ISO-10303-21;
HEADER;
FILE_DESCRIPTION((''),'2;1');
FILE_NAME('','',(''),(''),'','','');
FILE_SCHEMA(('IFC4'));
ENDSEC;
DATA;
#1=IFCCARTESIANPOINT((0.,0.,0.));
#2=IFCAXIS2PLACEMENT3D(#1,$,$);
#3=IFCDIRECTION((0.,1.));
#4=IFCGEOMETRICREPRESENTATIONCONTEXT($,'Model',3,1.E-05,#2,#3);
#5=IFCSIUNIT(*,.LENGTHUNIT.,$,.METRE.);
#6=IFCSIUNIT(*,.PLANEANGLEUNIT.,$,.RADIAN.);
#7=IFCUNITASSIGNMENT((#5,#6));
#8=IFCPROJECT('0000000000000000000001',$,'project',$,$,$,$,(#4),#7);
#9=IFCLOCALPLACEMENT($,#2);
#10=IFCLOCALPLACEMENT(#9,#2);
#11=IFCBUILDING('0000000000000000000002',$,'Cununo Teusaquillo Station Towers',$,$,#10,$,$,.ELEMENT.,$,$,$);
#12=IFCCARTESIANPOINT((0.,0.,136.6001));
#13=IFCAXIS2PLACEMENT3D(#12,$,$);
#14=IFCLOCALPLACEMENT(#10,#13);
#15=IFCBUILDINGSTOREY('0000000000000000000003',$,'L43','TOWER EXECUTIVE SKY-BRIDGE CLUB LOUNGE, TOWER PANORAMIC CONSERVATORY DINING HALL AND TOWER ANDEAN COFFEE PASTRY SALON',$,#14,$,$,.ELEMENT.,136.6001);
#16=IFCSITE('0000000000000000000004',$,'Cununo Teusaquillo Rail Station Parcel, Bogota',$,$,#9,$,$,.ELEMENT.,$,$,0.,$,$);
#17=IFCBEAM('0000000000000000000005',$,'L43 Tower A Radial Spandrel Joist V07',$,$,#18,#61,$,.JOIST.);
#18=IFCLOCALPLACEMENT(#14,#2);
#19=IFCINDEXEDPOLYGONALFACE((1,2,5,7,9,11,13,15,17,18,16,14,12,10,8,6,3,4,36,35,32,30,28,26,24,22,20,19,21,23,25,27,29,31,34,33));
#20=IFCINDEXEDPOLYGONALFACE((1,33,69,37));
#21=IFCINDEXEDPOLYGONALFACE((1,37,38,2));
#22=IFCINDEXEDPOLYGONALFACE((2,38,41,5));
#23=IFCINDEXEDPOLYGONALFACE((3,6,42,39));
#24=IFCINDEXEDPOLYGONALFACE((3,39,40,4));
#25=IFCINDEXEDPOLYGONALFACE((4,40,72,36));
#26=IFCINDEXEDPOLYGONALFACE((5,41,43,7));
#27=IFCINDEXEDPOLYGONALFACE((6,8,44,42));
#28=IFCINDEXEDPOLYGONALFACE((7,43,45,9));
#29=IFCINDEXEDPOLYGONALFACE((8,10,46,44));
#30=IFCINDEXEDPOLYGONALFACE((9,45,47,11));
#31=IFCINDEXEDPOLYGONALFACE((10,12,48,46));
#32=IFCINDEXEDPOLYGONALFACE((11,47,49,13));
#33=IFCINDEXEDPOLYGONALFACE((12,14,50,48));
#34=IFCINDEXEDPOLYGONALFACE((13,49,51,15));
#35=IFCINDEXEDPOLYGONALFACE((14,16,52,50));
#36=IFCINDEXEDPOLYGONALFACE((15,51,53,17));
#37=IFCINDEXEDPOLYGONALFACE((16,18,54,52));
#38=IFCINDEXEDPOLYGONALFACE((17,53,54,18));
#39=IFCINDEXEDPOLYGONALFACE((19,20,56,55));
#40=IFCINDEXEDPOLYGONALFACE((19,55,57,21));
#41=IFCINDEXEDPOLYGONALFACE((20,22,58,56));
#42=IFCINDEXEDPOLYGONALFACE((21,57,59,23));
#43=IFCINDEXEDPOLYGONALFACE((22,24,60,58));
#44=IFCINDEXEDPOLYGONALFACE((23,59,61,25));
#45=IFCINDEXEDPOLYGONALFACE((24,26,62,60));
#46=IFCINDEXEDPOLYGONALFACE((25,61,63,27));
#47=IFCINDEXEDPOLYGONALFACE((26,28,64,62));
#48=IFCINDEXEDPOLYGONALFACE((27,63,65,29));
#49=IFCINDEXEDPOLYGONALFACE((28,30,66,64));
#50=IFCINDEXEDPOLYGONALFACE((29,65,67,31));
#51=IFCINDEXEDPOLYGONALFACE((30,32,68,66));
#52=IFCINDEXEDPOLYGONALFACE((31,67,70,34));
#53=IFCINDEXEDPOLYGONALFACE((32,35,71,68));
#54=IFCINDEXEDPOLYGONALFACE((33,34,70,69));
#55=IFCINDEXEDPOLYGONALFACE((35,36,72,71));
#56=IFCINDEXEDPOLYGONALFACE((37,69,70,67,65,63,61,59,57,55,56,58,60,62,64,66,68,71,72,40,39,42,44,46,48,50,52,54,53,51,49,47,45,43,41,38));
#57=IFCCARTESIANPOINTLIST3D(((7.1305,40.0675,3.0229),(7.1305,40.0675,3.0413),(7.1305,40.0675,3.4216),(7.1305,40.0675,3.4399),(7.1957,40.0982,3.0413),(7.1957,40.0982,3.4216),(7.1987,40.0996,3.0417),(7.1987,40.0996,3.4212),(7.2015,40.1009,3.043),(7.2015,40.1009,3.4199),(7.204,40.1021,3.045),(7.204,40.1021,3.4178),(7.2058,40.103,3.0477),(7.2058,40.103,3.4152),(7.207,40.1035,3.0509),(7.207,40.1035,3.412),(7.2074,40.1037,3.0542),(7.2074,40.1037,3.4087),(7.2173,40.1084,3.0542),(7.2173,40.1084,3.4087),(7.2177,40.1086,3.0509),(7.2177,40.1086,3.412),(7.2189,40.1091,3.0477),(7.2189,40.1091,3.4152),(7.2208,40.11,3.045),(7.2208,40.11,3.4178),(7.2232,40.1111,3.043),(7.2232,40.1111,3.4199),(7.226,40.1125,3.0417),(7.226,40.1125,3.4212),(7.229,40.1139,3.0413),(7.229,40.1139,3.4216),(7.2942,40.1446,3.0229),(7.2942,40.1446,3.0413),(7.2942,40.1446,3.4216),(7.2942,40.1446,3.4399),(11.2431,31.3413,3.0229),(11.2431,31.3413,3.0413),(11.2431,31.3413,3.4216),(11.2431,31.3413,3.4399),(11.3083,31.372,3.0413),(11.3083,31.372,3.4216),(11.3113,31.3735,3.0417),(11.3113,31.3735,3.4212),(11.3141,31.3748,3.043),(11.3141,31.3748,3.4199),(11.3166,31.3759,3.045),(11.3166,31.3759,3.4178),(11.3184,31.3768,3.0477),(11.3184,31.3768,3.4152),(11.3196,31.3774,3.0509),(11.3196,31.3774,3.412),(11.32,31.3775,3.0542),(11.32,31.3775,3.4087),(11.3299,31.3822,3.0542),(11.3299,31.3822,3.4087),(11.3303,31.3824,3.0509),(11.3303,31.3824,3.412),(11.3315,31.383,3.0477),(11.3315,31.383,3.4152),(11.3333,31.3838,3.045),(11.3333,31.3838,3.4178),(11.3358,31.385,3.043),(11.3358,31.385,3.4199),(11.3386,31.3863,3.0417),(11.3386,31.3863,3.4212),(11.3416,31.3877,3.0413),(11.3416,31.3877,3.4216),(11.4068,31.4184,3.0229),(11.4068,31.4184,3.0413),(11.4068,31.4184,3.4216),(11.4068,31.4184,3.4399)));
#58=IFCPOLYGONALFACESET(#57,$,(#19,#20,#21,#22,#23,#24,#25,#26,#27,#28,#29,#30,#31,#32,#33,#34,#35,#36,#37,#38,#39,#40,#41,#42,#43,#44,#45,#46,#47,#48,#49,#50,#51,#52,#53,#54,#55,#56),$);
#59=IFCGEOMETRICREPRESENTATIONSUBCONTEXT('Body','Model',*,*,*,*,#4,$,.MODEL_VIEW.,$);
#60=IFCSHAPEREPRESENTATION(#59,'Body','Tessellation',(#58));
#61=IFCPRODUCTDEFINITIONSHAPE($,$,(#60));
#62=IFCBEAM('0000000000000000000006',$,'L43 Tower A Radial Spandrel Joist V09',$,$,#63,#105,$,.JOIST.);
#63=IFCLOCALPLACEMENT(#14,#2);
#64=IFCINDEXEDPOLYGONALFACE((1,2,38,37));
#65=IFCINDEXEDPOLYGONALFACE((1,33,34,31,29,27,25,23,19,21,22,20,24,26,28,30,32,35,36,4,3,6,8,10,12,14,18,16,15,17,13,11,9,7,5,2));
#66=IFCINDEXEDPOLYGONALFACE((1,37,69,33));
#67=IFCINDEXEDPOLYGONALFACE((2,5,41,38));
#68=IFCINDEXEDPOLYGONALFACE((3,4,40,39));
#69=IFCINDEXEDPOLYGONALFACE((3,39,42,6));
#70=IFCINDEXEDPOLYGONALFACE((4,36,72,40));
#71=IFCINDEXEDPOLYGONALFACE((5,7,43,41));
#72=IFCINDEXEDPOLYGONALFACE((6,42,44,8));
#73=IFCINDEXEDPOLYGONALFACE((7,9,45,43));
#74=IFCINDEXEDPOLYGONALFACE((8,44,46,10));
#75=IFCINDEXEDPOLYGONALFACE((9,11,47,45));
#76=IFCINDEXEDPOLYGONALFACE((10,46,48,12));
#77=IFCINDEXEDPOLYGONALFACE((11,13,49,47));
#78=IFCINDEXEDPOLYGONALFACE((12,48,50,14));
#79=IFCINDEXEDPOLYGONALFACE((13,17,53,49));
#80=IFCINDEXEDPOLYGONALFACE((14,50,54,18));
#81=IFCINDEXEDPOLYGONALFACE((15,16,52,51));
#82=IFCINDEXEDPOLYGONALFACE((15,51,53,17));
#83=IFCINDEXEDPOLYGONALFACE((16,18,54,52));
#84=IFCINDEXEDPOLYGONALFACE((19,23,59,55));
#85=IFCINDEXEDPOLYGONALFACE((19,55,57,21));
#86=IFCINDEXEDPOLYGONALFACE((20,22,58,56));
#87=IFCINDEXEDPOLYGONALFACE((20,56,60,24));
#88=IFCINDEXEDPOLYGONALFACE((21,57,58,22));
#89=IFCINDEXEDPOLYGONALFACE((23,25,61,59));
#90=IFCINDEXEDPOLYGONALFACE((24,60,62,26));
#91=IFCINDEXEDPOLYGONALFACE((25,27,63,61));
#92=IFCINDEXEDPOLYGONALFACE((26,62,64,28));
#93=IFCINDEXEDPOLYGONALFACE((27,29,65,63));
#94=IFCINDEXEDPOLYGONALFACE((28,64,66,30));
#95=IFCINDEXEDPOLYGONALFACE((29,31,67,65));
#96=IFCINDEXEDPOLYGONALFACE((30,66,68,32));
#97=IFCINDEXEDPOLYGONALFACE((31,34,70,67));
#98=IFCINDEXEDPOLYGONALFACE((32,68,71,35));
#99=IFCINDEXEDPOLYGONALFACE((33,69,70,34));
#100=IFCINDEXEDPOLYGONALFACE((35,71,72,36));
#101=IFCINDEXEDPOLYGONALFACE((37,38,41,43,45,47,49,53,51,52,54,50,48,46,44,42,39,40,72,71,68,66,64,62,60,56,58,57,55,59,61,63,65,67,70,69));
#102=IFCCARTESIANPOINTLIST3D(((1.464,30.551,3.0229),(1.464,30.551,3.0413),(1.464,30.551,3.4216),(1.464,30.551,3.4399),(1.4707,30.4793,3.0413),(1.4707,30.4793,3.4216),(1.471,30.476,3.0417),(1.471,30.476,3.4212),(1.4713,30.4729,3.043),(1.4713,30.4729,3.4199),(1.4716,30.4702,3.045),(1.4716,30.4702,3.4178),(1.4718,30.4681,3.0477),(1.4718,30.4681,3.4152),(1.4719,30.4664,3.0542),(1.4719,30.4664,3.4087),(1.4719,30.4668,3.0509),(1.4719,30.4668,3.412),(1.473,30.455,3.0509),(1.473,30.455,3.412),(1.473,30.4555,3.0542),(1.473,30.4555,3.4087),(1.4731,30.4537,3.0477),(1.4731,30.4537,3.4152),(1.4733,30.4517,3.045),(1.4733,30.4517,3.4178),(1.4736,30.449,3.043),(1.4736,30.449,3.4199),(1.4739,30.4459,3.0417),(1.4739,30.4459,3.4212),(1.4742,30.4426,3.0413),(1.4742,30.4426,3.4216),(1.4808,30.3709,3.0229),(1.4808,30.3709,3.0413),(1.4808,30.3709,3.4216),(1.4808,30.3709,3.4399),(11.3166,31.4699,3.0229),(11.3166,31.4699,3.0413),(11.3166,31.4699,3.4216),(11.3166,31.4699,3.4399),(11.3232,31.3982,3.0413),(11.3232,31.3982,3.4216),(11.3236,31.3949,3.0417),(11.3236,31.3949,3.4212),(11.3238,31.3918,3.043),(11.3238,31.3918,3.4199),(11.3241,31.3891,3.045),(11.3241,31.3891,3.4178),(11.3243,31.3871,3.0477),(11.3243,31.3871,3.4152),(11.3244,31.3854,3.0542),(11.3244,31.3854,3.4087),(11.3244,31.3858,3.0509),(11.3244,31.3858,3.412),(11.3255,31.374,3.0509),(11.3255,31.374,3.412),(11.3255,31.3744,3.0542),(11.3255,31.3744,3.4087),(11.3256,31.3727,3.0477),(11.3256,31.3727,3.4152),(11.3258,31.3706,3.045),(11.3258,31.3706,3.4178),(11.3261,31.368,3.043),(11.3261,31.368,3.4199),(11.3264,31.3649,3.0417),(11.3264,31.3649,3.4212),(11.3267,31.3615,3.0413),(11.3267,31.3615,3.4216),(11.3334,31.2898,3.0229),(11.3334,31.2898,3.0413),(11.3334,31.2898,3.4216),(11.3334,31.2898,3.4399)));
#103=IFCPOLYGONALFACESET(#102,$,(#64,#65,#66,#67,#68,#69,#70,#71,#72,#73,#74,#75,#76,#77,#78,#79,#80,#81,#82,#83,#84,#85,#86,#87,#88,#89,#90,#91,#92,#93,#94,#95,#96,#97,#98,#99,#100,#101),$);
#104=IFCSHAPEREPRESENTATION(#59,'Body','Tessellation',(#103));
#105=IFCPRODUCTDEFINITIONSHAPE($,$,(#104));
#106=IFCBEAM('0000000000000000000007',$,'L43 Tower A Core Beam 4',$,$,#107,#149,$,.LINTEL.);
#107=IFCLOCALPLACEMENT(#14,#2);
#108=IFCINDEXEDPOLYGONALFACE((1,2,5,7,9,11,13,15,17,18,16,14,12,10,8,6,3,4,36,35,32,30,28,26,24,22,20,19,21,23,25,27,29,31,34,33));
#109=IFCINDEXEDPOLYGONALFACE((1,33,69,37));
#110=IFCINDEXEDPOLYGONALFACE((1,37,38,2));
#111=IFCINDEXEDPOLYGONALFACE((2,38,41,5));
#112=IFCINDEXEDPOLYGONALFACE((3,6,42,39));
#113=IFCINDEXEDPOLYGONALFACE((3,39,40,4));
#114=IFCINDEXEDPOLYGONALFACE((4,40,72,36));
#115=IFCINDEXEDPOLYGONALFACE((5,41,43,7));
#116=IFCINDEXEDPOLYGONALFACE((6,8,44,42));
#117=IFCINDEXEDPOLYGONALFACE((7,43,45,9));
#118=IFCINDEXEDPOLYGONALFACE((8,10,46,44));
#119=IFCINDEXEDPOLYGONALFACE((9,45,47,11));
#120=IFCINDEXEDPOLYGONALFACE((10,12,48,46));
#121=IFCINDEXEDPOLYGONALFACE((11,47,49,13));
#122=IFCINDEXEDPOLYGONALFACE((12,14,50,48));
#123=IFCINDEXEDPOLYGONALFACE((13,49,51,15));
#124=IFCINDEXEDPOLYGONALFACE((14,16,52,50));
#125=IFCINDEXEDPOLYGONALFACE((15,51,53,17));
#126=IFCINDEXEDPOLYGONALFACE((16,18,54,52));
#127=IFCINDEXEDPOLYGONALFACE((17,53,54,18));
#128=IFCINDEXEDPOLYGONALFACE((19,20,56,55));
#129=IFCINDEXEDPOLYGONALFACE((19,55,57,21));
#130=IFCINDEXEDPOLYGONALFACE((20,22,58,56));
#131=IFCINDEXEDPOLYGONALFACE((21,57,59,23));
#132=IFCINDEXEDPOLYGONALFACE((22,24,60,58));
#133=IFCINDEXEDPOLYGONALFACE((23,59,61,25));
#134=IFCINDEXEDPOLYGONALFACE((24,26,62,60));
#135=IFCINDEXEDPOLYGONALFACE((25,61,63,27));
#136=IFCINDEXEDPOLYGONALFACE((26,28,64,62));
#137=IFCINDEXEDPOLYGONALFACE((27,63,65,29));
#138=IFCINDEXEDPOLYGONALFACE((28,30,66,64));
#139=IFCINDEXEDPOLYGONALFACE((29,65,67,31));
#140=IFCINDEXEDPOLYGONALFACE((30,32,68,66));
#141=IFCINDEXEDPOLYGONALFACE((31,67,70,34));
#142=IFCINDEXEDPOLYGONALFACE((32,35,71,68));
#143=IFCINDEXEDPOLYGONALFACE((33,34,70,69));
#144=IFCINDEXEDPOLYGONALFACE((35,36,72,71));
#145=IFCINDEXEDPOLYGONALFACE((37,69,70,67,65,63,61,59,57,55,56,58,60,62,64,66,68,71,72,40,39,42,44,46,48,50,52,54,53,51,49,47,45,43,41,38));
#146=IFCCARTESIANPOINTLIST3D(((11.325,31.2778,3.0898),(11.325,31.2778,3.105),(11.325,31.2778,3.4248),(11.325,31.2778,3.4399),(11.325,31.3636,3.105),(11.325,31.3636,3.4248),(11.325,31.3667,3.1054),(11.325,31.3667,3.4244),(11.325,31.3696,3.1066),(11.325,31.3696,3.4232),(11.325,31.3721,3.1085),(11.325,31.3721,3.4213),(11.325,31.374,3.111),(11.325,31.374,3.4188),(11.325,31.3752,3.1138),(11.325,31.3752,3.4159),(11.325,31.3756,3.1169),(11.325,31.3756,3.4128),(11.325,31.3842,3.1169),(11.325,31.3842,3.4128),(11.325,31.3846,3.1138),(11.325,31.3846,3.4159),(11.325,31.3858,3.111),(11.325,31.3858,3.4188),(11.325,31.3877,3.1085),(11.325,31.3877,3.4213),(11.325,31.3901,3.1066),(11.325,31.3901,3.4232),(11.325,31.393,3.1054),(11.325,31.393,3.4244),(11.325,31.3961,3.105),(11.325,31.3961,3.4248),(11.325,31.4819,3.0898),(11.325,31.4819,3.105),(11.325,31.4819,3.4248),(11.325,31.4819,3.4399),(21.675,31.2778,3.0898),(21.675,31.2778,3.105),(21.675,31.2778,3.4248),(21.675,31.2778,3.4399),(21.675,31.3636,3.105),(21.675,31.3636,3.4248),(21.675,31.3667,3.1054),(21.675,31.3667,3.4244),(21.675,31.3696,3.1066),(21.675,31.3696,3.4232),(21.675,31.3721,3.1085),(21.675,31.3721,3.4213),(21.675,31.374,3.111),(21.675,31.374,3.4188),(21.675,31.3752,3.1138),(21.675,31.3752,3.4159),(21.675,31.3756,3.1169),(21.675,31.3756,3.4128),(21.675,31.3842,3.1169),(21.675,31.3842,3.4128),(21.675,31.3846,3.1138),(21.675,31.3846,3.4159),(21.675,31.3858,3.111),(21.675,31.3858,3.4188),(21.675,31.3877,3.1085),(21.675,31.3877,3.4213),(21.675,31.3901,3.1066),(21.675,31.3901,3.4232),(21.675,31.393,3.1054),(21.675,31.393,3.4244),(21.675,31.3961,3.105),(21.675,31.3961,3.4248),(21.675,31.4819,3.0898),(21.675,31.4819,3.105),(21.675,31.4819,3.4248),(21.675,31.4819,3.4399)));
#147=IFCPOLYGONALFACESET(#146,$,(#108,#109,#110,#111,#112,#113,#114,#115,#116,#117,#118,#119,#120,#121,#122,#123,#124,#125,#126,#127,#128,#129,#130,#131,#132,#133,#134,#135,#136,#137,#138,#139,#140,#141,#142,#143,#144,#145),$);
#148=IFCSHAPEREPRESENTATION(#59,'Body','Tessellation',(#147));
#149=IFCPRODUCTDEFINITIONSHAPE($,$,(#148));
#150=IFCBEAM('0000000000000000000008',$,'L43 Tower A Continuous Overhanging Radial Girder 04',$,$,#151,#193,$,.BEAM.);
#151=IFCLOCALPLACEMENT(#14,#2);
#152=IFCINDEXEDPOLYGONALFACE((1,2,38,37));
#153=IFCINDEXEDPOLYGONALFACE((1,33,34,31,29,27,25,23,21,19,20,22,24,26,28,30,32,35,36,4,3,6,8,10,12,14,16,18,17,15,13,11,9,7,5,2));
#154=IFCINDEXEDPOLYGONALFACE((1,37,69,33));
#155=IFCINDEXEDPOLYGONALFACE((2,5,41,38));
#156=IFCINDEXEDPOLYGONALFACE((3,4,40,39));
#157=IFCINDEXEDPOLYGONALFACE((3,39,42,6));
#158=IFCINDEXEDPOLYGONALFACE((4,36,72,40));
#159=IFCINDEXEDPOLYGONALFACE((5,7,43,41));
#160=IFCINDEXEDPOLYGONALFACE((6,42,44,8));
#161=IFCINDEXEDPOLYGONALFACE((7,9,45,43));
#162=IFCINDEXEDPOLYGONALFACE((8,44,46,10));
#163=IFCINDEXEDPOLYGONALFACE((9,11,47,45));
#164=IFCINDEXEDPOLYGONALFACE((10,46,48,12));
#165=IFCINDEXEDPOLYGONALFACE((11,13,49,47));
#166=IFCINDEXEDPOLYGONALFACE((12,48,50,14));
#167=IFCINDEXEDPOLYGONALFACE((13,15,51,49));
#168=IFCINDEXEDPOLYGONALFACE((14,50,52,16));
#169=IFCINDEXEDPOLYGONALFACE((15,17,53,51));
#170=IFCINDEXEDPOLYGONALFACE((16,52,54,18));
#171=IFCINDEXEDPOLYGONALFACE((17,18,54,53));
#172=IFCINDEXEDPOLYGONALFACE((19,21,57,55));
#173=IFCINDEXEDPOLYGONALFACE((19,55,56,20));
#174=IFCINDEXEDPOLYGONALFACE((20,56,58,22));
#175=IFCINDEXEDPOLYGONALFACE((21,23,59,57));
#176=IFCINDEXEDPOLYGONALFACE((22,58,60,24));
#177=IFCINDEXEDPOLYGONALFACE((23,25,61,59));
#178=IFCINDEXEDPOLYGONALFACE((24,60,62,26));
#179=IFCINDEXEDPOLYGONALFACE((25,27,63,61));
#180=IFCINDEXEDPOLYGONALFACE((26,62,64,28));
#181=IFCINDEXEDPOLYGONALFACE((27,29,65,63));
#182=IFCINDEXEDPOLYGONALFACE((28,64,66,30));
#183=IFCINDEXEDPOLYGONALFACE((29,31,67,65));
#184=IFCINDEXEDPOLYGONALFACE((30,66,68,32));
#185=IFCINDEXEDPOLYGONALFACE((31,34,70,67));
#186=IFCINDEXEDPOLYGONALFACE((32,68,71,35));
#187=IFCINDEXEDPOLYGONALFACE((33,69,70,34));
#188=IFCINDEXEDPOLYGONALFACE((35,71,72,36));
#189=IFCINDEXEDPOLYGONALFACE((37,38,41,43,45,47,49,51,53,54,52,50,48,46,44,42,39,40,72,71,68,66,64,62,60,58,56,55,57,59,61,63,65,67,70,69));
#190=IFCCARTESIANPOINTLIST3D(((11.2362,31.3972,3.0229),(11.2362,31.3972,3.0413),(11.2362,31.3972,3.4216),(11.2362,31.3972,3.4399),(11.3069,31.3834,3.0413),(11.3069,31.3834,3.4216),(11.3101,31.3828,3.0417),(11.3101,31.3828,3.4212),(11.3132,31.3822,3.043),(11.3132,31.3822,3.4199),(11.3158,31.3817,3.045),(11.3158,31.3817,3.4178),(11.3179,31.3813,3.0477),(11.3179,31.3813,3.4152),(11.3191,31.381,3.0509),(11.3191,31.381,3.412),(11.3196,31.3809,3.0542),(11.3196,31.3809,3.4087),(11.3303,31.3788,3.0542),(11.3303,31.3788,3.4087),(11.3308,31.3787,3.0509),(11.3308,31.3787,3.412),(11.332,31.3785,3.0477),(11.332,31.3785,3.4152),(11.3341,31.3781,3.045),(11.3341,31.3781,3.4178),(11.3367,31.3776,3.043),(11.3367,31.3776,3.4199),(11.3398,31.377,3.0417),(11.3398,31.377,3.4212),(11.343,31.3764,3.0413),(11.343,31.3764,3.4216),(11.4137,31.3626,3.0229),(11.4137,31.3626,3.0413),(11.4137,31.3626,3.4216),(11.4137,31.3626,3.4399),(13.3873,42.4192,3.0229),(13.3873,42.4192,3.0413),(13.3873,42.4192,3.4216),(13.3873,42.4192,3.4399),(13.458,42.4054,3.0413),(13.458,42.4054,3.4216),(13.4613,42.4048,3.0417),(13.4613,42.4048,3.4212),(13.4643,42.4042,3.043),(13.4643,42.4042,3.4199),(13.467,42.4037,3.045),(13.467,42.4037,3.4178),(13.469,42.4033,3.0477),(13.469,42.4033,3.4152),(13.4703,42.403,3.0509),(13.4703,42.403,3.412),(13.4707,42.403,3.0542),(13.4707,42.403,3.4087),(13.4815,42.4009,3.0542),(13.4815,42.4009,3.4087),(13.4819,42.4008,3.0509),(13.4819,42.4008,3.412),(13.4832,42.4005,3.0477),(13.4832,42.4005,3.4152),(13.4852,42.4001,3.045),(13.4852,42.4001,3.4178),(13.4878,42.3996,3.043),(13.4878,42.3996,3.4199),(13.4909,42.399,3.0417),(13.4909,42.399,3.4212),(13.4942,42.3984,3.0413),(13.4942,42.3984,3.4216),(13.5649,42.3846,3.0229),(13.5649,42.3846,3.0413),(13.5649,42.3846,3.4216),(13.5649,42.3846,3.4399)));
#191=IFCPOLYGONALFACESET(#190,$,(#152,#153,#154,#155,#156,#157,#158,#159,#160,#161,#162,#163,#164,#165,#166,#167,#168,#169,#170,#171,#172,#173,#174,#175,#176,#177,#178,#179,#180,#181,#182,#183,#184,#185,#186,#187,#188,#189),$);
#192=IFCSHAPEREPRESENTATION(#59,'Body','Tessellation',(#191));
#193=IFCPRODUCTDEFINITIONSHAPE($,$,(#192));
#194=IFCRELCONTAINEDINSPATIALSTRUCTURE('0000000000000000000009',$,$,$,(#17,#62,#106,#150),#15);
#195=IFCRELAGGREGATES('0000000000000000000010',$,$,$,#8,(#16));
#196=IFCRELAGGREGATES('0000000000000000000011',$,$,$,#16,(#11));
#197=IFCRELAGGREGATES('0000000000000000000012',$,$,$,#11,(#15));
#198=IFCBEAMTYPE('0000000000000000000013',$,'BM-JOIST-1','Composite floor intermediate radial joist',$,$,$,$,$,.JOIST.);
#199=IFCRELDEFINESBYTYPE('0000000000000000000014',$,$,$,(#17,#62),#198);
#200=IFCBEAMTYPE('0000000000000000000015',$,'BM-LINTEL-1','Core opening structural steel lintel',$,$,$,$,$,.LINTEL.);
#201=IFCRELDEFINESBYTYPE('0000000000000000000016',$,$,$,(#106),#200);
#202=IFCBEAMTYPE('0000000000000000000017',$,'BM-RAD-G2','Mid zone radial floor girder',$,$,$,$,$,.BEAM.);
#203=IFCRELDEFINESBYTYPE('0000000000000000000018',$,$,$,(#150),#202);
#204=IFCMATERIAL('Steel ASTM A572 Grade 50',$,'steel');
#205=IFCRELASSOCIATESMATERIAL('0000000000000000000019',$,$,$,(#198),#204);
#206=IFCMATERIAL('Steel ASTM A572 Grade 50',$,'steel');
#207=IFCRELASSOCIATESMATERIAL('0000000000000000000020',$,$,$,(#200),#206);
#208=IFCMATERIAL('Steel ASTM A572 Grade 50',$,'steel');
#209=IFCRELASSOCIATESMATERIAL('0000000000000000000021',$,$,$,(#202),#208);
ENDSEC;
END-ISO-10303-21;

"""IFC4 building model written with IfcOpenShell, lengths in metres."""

from ifc_helpers import new_model, si_unit, direction, frame, origin, origin_2d, place, context, subcontext, project, spatial, i_section, extrude, material, material_profile, profile_set, type_object, element, save


model = new_model("IFC4")

# Units and contexts
model_context = context("Model", 3, precision=1e-05, world=origin(), true_north=direction((0.0, 1.0)))
body_context = subcontext(model_context, "Body", "Model", "MODEL_VIEW")
ifc_project = project(units=[si_unit("LENGTHUNIT", "METRE"), si_unit("PLANEANGLEUNIT", "RADIAN")], contexts=[model_context])

# Site, building, storey
site_placement = place(None, origin())
site = spatial("IfcSite", under=ifc_project, at=site_placement, Name="Cununo Teusaquillo Rail Station Parcel, Bogota", CompositionType="ELEMENT", RefElevation=0.0)
building_placement = place(site_placement, origin())
building = spatial("IfcBuilding", under=site, at=building_placement, Name="Cununo Teusaquillo Station Towers", CompositionType="ELEMENT")
storey_placement = place(building_placement, frame((0.0, 0.0, 136.6001)))
storey = spatial("IfcBuildingStorey", under=building, at=storey_placement, Name="L43", Description="TOWER EXECUTIVE SKY-BRIDGE CLUB LOUNGE, TOWER PANORAMIC CONSERVATORY DINING HALL AND TOWER ANDEAN COFFEE PASTRY SALON", CompositionType="ELEMENT", Elevation=136.6001)

# Beams
ifc_material_1 = material(Name="Steel ASTM A572 Grade 50", Category="steel")
ifc_material_profile_1 = material_profile(ifc_material_1, i_section(OverallWidth=0.1809, OverallDepth=0.417, WebThickness=0.011, FlangeThickness=0.0183, FilletRadius=0.0129, at=origin_2d()), Name="W16X57")
ifc_profile_set_1 = profile_set([ifc_material_profile_1], Name="Steel ASTM A572 Grade 50")
beam_type_1 = type_object("IfcBeamType", Name="BM-JOIST-1", Description="Composite floor intermediate radial joist", PredefinedType="JOIST", material=ifc_profile_set_1)
beam_1_placement = place(storey_placement, frame((11.325, 31.3799, 3.2314), z_axis=(-0.42632, 0.904572, 0.0), x_axis=(-0.904572, -0.42632, 0.0)))
element("IfcBeam", 1, at=beam_1_placement, inside=storey, type_object=beam_type_1, Name="L43 Tower A Radial Spandrel Joist V07", PredefinedType="JOIST", context=body_context, shape_type="SweptSolid", body=[
    extrude(i_section(OverallWidth=0.1809, OverallDepth=0.417, WebThickness=0.011, FlangeThickness=0.0183, FilletRadius=0.0129, at=origin_2d()), origin(), (0.0, 0.0, 1.0), 9.6467),
])
beam_2_placement = place(storey_placement, frame((11.325, 31.3799, 3.2314), z_axis=(-0.995679, -0.092867, 0.0), x_axis=(0.092867, -0.995679, 0.0)))
element("IfcBeam", 2, at=beam_2_placement, inside=storey, type_object=beam_type_1, Name="L43 Tower A Radial Spandrel Joist V09", PredefinedType="JOIST", context=body_context, shape_type="SweptSolid", body=[
    extrude(i_section(OverallWidth=0.1809, OverallDepth=0.417, WebThickness=0.011, FlangeThickness=0.0183, FilletRadius=0.0129, at=origin_2d()), origin(), (0.0, 0.0, 1.0), 9.8953),
])
ifc_material_2 = material(Name="Steel ASTM A572 Grade 50", Category="steel")
ifc_material_profile_2 = material_profile(ifc_material_2, i_section(OverallWidth=0.2041, OverallDepth=0.3501, WebThickness=0.0085, FlangeThickness=0.0151, FilletRadius=0.012, at=origin_2d()), Name="W14X48")
ifc_profile_set_2 = profile_set([ifc_material_profile_2], Name="Steel ASTM A572 Grade 50")
beam_type_2 = type_object("IfcBeamType", Name="BM-LINTEL-1", Description="Core opening structural steel lintel", PredefinedType="LINTEL", material=ifc_profile_set_2)
beam_3_placement = place(storey_placement, frame((11.325, 31.3799, 3.2649), z_axis=(1.0, 0.0, 0.0), x_axis=(0.0, 1.0, 0.0)))
element("IfcBeam", 3, at=beam_3_placement, inside=storey, type_object=beam_type_2, Name="L43 Tower A Core Beam 4", PredefinedType="LINTEL", context=body_context, shape_type="SweptSolid", body=[
    extrude(i_section(OverallWidth=0.2041, OverallDepth=0.3501, WebThickness=0.0085, FlangeThickness=0.0151, FilletRadius=0.012, at=origin_2d()), origin(), (0.0, 0.0, 1.0), 10.3501),
])
ifc_material_3 = material(Name="Steel ASTM A572 Grade 50", Category="steel")
ifc_material_profile_3 = material_profile(ifc_material_3, i_section(OverallWidth=0.1809, OverallDepth=0.417, WebThickness=0.011, FlangeThickness=0.0183, FilletRadius=0.0129, at=origin_2d()), Name="W16X57")
ifc_profile_set_3 = profile_set([ifc_material_profile_3], Name="Steel ASTM A572 Grade 50")
beam_type_3 = type_object("IfcBeamType", Name="BM-RAD-G2", Description="Mid zone radial floor girder", PredefinedType="BEAM", material=ifc_profile_set_3)
beam_4_placement = place(storey_placement, frame((11.325, 31.3799, 3.2314), z_axis=(0.191553, 0.981482, 0.0), x_axis=(-0.981482, 0.191553, 0.0)))
element("IfcBeam", 4, at=beam_4_placement, inside=storey, type_object=beam_type_3, Name="L43 Tower A Continuous Overhanging Radial Girder 04", PredefinedType="BEAM", context=body_context, shape_type="SweptSolid", body=[
    extrude(i_section(OverallWidth=0.1809, OverallDepth=0.417, WebThickness=0.011, FlangeThickness=0.0183, FilletRadius=0.0129, at=origin_2d()), origin(), (0.0, 0.0, 1.0), 11.23),
])

save(model, "model.ifc")
